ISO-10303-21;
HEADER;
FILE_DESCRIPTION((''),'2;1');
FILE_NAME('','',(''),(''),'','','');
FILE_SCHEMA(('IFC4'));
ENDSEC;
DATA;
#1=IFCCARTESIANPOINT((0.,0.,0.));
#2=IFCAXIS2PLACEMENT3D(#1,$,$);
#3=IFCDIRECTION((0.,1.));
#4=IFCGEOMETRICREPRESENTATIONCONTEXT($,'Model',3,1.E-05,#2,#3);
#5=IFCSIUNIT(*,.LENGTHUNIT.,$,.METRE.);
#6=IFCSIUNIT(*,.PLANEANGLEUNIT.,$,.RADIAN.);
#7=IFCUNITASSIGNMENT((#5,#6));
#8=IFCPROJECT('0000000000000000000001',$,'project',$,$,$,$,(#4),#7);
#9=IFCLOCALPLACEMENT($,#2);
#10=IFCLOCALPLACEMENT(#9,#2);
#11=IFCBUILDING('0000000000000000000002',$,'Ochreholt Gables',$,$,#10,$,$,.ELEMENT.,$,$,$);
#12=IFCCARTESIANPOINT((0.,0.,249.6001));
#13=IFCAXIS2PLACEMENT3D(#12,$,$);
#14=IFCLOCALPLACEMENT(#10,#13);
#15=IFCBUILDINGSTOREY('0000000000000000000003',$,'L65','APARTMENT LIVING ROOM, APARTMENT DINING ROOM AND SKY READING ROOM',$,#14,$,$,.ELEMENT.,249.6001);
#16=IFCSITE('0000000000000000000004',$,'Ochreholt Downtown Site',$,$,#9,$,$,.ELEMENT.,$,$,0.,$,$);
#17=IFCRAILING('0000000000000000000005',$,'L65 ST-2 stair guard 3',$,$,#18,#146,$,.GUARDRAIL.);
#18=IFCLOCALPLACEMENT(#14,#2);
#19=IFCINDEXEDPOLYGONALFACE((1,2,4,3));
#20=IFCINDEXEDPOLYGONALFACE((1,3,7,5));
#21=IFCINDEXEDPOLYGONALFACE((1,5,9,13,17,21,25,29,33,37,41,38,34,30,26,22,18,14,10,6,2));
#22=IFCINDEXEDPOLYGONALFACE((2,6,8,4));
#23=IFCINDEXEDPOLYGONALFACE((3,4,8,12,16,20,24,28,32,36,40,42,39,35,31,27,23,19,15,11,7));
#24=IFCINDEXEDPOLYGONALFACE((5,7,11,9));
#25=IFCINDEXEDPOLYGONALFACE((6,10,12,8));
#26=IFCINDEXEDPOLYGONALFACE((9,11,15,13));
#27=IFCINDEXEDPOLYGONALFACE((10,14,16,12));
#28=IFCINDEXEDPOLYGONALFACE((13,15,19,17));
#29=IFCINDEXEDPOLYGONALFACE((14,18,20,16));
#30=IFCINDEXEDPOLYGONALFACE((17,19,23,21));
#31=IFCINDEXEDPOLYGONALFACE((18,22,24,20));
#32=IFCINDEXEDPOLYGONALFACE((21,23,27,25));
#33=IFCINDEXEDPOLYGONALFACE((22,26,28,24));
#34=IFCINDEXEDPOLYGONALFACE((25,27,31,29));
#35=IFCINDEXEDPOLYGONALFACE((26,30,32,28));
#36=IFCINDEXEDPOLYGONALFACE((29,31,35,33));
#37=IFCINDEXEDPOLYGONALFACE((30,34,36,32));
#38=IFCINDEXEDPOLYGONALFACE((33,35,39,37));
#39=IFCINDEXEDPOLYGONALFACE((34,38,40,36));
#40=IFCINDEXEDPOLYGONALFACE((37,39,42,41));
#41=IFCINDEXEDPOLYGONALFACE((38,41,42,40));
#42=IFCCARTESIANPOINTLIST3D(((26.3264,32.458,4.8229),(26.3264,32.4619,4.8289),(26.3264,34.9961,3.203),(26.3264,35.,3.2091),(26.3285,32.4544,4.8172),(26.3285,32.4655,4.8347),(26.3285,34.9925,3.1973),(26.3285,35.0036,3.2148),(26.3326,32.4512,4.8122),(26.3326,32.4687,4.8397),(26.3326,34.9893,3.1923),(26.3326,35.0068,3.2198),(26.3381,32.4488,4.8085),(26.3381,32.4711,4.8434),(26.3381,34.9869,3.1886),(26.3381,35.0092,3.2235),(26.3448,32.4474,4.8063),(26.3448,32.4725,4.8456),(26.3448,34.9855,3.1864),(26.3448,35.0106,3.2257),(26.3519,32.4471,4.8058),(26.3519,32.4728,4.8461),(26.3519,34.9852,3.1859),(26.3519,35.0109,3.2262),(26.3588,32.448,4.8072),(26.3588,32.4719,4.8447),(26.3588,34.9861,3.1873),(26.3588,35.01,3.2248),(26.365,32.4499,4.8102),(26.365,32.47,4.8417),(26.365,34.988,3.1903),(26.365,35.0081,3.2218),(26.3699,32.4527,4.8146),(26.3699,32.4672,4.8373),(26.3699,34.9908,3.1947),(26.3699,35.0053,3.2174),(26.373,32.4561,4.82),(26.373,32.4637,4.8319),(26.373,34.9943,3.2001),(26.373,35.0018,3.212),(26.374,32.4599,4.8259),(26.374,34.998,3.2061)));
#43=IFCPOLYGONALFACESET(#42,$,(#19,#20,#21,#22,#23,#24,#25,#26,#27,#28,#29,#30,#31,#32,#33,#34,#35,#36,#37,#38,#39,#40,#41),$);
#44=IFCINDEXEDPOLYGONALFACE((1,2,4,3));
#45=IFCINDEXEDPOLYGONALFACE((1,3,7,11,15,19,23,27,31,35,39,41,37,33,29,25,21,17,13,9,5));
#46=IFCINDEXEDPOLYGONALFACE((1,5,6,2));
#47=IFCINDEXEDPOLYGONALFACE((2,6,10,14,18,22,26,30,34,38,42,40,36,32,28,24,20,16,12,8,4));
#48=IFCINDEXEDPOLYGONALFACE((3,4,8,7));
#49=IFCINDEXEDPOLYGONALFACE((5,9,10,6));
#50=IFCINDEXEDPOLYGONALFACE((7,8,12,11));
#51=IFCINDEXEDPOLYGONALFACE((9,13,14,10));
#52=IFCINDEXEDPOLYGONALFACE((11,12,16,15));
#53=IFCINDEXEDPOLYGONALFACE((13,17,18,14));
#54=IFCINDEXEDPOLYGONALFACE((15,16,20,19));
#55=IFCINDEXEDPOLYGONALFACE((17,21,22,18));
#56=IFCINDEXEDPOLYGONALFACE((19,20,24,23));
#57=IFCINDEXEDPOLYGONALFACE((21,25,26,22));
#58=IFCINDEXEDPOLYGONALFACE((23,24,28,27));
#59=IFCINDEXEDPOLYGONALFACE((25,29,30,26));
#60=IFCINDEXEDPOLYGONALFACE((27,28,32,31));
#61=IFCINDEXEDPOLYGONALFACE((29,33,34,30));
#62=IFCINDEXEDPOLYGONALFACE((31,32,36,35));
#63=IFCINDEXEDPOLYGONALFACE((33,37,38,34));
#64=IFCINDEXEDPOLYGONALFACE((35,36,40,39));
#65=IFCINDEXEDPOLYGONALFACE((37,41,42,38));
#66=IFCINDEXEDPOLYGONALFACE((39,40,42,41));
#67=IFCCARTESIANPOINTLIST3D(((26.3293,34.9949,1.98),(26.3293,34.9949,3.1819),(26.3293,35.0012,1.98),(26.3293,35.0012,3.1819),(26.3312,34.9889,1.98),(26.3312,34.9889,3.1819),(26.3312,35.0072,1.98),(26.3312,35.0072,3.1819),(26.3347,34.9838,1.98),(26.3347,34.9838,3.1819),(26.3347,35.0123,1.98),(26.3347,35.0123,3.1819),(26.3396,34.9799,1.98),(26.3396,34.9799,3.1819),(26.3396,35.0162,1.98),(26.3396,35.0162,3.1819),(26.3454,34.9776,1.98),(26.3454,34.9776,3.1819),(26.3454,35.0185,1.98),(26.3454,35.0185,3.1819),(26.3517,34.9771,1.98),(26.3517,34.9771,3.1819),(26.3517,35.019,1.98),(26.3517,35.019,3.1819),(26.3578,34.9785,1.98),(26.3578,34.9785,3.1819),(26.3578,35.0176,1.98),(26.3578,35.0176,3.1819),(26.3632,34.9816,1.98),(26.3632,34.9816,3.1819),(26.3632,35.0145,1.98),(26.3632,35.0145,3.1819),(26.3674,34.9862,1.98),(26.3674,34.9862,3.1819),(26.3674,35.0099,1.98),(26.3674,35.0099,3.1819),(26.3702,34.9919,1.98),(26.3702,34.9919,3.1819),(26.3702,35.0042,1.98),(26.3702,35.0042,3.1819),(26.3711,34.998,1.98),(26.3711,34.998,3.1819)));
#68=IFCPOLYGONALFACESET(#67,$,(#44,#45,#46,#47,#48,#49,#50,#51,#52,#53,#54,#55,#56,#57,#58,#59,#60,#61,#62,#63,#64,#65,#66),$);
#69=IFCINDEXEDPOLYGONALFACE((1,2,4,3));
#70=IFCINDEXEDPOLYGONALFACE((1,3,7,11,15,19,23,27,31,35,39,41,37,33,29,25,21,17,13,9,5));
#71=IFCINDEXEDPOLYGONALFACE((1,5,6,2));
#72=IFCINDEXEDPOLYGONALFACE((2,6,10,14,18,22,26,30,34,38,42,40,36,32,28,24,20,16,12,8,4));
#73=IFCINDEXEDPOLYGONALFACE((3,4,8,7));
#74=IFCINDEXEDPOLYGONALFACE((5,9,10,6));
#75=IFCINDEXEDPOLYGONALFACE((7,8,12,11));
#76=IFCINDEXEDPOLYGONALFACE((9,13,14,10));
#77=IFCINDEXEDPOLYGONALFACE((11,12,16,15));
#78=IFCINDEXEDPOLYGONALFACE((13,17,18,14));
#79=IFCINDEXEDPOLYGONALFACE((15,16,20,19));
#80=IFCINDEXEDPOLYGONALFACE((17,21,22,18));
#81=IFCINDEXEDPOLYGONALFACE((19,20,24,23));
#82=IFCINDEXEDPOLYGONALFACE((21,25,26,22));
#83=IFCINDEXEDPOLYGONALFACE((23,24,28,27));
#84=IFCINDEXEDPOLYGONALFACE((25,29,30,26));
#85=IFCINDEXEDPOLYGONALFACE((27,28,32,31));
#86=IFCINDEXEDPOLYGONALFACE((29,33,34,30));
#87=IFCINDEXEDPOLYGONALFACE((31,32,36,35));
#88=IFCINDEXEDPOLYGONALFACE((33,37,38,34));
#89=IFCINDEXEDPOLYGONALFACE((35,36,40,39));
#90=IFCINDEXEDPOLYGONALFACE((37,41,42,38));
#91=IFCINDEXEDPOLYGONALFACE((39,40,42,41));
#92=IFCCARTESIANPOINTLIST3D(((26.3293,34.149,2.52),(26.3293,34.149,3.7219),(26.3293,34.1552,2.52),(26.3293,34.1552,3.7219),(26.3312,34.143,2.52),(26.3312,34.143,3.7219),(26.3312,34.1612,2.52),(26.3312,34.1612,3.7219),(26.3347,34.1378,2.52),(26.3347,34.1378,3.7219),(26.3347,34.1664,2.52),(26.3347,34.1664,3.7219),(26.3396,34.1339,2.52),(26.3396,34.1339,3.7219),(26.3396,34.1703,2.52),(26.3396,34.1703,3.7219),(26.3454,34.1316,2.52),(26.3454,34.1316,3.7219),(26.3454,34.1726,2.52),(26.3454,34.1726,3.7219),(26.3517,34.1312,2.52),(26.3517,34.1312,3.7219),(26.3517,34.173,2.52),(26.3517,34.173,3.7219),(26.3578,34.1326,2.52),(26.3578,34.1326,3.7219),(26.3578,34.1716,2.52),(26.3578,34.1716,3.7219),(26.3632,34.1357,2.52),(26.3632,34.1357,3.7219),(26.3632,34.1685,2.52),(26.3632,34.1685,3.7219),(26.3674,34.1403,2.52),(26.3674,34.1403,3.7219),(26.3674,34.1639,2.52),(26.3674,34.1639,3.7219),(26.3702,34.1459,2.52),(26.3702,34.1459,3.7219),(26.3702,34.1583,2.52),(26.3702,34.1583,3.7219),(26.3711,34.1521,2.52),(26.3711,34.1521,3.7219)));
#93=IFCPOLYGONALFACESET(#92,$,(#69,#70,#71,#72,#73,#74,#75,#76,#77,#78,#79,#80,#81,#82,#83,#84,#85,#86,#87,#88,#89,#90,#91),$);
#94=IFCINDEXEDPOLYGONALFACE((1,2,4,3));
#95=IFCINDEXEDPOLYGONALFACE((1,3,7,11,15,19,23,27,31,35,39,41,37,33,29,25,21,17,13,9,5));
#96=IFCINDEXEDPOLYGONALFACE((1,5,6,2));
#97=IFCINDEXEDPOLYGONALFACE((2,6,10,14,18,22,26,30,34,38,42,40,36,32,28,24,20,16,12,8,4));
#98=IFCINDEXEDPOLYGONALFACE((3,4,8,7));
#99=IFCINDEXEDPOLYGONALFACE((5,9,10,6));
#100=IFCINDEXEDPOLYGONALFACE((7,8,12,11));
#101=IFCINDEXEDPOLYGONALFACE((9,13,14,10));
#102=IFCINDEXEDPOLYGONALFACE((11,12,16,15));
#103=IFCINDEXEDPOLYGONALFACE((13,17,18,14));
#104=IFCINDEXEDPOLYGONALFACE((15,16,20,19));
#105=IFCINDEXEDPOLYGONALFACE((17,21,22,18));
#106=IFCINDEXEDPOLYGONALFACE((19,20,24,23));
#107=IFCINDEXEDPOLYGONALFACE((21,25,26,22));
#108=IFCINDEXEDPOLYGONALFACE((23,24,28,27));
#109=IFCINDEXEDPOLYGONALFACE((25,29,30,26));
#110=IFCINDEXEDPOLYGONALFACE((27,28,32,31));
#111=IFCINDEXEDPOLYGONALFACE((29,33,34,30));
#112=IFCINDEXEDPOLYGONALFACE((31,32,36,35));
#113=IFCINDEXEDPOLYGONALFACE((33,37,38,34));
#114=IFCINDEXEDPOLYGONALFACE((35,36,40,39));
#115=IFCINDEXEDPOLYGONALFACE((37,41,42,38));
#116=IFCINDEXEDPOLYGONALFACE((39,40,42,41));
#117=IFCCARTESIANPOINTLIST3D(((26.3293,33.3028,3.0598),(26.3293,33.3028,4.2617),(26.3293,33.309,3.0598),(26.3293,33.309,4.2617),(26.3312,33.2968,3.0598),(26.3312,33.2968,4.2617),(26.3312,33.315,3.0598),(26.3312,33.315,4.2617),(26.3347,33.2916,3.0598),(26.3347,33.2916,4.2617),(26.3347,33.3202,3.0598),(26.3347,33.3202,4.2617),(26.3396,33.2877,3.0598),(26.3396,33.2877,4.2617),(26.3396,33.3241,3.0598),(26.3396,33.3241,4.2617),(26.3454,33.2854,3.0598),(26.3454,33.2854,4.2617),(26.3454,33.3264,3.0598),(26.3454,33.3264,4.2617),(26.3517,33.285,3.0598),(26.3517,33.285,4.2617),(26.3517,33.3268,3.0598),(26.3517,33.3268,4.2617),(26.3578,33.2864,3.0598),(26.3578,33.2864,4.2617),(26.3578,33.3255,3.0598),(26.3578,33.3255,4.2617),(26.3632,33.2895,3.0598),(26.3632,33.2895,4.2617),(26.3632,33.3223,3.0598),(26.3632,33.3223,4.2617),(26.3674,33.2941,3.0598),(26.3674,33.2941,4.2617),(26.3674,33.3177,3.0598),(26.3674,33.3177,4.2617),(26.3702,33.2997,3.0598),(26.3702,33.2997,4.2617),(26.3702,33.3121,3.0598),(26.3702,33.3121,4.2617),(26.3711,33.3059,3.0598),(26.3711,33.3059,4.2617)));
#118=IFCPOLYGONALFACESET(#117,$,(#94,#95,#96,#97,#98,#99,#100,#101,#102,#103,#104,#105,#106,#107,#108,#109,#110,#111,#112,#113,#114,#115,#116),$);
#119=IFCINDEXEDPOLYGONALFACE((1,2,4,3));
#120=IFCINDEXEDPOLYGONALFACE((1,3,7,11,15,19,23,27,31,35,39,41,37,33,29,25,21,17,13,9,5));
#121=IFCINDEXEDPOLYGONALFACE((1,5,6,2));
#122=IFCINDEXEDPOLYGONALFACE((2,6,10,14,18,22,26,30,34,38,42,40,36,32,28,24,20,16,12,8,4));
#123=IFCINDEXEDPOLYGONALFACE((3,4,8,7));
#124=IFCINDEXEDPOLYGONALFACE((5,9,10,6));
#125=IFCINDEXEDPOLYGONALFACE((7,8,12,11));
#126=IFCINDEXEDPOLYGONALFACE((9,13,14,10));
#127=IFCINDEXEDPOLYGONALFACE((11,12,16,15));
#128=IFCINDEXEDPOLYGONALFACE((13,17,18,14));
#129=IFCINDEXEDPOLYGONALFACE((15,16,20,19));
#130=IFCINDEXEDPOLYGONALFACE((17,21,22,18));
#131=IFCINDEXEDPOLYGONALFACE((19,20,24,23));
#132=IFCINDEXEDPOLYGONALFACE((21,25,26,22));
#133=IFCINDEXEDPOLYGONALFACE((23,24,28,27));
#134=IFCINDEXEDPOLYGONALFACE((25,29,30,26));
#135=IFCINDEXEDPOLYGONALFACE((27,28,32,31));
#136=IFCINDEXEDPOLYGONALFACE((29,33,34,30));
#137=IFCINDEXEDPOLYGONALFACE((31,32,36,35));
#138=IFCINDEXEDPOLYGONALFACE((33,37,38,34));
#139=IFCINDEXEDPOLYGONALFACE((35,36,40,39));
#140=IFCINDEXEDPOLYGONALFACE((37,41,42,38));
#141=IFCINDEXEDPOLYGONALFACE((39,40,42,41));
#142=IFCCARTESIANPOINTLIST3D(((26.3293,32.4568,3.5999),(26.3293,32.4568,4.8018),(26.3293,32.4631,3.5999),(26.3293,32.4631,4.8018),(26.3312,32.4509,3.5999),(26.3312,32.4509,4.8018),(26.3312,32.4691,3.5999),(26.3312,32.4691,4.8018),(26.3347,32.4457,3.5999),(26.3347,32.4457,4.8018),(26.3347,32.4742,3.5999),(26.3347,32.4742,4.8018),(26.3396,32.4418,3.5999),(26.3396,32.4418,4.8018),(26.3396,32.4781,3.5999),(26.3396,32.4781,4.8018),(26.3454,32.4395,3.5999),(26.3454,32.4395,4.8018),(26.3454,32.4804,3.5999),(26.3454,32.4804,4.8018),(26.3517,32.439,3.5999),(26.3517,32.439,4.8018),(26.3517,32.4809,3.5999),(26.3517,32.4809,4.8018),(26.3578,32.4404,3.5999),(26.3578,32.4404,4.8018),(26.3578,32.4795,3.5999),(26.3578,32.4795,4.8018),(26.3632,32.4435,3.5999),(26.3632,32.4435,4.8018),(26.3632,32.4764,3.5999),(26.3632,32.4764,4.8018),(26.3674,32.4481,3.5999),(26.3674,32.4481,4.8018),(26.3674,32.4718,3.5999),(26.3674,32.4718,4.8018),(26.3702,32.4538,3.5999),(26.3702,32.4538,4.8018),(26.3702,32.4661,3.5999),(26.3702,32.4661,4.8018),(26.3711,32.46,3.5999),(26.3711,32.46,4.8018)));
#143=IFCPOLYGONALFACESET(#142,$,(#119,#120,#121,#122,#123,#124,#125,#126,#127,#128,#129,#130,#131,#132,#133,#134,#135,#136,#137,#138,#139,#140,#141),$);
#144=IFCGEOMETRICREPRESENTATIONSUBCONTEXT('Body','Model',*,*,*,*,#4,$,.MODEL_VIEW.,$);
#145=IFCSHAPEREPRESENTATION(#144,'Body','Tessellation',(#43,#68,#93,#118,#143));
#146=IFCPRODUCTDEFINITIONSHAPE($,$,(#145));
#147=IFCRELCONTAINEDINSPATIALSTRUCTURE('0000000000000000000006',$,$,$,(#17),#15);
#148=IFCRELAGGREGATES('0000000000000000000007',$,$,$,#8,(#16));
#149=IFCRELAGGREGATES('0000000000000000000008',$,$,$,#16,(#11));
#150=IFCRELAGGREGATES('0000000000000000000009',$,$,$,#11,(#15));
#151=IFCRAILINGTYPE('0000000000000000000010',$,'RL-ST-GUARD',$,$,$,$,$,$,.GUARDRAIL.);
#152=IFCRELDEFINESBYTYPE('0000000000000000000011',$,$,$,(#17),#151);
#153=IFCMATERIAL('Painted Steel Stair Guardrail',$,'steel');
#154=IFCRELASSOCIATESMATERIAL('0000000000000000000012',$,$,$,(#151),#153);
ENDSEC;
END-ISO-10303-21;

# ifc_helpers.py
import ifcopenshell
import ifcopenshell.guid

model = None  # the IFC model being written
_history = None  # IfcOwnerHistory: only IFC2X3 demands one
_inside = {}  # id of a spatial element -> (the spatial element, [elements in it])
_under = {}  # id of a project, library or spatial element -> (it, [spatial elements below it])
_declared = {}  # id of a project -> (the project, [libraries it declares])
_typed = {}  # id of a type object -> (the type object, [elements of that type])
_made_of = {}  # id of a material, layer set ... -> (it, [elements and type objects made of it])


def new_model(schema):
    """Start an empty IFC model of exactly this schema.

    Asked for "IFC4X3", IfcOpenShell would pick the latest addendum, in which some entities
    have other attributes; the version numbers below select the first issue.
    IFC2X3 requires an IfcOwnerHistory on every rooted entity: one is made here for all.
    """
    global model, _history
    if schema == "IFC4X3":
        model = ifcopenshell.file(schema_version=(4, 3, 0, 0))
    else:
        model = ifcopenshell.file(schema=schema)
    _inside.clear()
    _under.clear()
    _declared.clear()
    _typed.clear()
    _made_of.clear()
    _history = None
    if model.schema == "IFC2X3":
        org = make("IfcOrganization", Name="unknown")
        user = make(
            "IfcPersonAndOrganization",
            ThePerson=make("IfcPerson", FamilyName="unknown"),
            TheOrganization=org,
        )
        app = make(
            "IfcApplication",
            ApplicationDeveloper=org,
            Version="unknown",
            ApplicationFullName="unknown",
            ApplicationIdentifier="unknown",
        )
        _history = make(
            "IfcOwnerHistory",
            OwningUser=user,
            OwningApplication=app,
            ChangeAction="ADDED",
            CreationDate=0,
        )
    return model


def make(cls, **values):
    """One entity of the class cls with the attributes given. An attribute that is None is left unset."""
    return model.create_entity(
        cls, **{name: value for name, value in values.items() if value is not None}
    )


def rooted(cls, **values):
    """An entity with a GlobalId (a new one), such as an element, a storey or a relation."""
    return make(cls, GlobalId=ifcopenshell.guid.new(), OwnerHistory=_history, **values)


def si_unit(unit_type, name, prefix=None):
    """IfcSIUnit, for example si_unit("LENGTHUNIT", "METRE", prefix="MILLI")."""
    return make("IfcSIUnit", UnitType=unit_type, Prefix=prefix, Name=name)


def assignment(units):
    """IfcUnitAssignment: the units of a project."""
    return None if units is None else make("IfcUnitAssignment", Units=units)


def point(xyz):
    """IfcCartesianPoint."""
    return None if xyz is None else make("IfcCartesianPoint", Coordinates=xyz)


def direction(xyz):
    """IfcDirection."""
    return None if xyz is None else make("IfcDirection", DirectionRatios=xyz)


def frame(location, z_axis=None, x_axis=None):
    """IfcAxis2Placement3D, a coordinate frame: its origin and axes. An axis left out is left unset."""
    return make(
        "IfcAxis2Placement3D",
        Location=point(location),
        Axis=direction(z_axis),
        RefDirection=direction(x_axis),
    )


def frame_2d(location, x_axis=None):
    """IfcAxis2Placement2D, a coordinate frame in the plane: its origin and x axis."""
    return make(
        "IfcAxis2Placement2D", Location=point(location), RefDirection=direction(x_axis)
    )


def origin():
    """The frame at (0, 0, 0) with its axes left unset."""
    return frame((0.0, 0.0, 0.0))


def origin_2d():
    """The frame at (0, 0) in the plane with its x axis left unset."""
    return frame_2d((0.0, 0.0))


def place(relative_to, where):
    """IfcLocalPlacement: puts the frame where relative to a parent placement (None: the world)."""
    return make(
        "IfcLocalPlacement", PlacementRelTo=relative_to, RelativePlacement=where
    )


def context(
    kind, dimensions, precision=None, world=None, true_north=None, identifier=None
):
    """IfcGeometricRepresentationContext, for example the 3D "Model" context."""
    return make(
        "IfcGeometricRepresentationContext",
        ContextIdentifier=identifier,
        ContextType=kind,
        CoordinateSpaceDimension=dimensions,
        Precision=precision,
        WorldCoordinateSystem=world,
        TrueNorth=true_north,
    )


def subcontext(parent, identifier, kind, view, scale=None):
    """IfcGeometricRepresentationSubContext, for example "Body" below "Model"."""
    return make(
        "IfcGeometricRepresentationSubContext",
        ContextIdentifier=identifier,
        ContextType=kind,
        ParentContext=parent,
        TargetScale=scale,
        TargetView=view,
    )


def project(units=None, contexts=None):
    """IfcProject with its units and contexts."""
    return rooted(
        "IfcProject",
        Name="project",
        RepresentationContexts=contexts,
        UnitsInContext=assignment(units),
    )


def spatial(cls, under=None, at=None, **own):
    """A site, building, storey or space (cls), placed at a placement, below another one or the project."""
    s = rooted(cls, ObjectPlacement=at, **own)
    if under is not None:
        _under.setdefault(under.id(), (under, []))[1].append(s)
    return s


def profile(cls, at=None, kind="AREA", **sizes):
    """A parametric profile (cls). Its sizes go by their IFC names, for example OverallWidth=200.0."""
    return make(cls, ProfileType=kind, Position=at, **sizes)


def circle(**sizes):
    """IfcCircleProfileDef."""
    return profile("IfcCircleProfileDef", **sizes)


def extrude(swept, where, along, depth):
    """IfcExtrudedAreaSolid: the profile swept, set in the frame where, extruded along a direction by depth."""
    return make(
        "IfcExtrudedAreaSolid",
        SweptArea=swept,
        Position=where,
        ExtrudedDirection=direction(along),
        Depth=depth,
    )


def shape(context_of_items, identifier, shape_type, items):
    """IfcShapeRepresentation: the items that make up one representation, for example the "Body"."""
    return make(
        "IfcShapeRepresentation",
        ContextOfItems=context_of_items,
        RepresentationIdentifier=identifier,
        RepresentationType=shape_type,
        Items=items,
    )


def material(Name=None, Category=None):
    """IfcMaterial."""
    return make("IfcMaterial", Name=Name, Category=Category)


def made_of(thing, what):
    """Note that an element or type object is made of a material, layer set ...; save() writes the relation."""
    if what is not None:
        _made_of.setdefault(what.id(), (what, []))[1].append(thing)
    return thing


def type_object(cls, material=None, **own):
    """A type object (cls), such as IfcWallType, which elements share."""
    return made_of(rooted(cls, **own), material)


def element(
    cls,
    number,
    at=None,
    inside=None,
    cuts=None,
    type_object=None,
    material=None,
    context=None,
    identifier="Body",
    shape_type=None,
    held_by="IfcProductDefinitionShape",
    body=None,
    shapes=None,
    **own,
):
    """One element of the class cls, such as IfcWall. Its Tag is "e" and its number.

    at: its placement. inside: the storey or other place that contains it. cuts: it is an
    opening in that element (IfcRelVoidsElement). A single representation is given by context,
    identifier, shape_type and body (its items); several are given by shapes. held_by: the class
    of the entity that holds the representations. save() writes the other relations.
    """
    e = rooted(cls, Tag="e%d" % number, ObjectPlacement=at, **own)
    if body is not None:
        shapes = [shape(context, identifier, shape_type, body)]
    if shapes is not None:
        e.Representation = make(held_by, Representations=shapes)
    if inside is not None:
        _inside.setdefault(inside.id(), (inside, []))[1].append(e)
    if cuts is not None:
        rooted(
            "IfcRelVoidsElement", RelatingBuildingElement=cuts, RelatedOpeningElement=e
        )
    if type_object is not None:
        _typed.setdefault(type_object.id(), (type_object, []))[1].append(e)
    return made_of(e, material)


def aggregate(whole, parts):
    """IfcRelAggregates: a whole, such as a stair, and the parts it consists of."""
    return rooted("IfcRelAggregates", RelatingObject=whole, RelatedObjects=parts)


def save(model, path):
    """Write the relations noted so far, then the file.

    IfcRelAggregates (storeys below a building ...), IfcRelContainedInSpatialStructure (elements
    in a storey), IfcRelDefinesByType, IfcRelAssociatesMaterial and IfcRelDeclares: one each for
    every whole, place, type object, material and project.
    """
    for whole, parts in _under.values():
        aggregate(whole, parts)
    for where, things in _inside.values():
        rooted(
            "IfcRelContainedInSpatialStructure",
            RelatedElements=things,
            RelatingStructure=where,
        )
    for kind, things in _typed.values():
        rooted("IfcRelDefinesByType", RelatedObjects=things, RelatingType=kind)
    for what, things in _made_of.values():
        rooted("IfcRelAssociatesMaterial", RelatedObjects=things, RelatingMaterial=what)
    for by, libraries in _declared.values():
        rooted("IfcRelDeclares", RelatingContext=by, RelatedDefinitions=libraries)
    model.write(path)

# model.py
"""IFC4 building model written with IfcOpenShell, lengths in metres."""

from ifc_helpers import new_model, si_unit, direction, frame, origin, origin_2d, place, context, subcontext, project, spatial, circle, extrude, material, type_object, element, save


model = new_model("IFC4")

# Units and contexts
model_context = context("Model", 3, precision=1e-05, world=origin(), true_north=direction((0.0, 1.0)))
body_context = subcontext(model_context, "Body", "Model", "MODEL_VIEW")
ifc_project = project(units=[si_unit("LENGTHUNIT", "METRE"), si_unit("PLANEANGLEUNIT", "RADIAN")], contexts=[model_context])

# Site, building, storey
site_placement = place(None, origin())
site = spatial("IfcSite", under=ifc_project, at=site_placement, Name="Ochreholt Downtown Site", CompositionType="ELEMENT", RefElevation=0.0)
building_placement = place(site_placement, origin())
building = spatial("IfcBuilding", under=site, at=building_placement, Name="Ochreholt Gables", CompositionType="ELEMENT")
storey_placement = place(building_placement, frame((0.0, 0.0, 249.6001)))
storey = spatial("IfcBuildingStorey", under=building, at=storey_placement, Name="L65", Description="APARTMENT LIVING ROOM, APARTMENT DINING ROOM AND SKY READING ROOM", CompositionType="ELEMENT", Elevation=249.6001)

# Railing
ifc_material_1 = material(Name="Painted Steel Stair Guardrail", Category="steel")
railing_type_1 = type_object("IfcRailingType", Name="RL-ST-GUARD", PredefinedType="GUARDRAIL", material=ifc_material_1)
railing_1_placement = place(storey_placement, frame((26.3501, 34.998, 1.98)))
element("IfcRailing", 1, at=railing_1_placement, inside=storey, type_object=railing_type_1, Name="L65 ST-2 stair guard 3", PredefinedType="GUARDRAIL", context=body_context, shape_type="SweptSolid", body=[
    extrude(circle(Radius=0.0239, at=origin_2d()), frame((0.0, 0.0, 1.2261), z_axis=(0.0, -0.84295, 0.537993), x_axis=(1.0, 0.0, 0.0)), (0.0, 0.0, 1.0), 3.011),
    extrude(circle(Radius=0.021, at=origin_2d()), origin(), (0.0, 0.0, 1.0), 1.2019),
    extrude(circle(Radius=0.021, at=origin_2d()), frame((0.0, -0.8459, 0.54)), (0.0, 0.0, 1.0), 1.2019),
    extrude(circle(Radius=0.021, at=origin_2d()), frame((0.0, -1.6921, 1.0798)), (0.0, 0.0, 1.0), 1.2019),
    extrude(circle(Radius=0.021, at=origin_2d()), frame((0.0, -2.5381, 1.6199)), (0.0, 0.0, 1.0), 1.2019),
])

save(model, "model.ifc")
